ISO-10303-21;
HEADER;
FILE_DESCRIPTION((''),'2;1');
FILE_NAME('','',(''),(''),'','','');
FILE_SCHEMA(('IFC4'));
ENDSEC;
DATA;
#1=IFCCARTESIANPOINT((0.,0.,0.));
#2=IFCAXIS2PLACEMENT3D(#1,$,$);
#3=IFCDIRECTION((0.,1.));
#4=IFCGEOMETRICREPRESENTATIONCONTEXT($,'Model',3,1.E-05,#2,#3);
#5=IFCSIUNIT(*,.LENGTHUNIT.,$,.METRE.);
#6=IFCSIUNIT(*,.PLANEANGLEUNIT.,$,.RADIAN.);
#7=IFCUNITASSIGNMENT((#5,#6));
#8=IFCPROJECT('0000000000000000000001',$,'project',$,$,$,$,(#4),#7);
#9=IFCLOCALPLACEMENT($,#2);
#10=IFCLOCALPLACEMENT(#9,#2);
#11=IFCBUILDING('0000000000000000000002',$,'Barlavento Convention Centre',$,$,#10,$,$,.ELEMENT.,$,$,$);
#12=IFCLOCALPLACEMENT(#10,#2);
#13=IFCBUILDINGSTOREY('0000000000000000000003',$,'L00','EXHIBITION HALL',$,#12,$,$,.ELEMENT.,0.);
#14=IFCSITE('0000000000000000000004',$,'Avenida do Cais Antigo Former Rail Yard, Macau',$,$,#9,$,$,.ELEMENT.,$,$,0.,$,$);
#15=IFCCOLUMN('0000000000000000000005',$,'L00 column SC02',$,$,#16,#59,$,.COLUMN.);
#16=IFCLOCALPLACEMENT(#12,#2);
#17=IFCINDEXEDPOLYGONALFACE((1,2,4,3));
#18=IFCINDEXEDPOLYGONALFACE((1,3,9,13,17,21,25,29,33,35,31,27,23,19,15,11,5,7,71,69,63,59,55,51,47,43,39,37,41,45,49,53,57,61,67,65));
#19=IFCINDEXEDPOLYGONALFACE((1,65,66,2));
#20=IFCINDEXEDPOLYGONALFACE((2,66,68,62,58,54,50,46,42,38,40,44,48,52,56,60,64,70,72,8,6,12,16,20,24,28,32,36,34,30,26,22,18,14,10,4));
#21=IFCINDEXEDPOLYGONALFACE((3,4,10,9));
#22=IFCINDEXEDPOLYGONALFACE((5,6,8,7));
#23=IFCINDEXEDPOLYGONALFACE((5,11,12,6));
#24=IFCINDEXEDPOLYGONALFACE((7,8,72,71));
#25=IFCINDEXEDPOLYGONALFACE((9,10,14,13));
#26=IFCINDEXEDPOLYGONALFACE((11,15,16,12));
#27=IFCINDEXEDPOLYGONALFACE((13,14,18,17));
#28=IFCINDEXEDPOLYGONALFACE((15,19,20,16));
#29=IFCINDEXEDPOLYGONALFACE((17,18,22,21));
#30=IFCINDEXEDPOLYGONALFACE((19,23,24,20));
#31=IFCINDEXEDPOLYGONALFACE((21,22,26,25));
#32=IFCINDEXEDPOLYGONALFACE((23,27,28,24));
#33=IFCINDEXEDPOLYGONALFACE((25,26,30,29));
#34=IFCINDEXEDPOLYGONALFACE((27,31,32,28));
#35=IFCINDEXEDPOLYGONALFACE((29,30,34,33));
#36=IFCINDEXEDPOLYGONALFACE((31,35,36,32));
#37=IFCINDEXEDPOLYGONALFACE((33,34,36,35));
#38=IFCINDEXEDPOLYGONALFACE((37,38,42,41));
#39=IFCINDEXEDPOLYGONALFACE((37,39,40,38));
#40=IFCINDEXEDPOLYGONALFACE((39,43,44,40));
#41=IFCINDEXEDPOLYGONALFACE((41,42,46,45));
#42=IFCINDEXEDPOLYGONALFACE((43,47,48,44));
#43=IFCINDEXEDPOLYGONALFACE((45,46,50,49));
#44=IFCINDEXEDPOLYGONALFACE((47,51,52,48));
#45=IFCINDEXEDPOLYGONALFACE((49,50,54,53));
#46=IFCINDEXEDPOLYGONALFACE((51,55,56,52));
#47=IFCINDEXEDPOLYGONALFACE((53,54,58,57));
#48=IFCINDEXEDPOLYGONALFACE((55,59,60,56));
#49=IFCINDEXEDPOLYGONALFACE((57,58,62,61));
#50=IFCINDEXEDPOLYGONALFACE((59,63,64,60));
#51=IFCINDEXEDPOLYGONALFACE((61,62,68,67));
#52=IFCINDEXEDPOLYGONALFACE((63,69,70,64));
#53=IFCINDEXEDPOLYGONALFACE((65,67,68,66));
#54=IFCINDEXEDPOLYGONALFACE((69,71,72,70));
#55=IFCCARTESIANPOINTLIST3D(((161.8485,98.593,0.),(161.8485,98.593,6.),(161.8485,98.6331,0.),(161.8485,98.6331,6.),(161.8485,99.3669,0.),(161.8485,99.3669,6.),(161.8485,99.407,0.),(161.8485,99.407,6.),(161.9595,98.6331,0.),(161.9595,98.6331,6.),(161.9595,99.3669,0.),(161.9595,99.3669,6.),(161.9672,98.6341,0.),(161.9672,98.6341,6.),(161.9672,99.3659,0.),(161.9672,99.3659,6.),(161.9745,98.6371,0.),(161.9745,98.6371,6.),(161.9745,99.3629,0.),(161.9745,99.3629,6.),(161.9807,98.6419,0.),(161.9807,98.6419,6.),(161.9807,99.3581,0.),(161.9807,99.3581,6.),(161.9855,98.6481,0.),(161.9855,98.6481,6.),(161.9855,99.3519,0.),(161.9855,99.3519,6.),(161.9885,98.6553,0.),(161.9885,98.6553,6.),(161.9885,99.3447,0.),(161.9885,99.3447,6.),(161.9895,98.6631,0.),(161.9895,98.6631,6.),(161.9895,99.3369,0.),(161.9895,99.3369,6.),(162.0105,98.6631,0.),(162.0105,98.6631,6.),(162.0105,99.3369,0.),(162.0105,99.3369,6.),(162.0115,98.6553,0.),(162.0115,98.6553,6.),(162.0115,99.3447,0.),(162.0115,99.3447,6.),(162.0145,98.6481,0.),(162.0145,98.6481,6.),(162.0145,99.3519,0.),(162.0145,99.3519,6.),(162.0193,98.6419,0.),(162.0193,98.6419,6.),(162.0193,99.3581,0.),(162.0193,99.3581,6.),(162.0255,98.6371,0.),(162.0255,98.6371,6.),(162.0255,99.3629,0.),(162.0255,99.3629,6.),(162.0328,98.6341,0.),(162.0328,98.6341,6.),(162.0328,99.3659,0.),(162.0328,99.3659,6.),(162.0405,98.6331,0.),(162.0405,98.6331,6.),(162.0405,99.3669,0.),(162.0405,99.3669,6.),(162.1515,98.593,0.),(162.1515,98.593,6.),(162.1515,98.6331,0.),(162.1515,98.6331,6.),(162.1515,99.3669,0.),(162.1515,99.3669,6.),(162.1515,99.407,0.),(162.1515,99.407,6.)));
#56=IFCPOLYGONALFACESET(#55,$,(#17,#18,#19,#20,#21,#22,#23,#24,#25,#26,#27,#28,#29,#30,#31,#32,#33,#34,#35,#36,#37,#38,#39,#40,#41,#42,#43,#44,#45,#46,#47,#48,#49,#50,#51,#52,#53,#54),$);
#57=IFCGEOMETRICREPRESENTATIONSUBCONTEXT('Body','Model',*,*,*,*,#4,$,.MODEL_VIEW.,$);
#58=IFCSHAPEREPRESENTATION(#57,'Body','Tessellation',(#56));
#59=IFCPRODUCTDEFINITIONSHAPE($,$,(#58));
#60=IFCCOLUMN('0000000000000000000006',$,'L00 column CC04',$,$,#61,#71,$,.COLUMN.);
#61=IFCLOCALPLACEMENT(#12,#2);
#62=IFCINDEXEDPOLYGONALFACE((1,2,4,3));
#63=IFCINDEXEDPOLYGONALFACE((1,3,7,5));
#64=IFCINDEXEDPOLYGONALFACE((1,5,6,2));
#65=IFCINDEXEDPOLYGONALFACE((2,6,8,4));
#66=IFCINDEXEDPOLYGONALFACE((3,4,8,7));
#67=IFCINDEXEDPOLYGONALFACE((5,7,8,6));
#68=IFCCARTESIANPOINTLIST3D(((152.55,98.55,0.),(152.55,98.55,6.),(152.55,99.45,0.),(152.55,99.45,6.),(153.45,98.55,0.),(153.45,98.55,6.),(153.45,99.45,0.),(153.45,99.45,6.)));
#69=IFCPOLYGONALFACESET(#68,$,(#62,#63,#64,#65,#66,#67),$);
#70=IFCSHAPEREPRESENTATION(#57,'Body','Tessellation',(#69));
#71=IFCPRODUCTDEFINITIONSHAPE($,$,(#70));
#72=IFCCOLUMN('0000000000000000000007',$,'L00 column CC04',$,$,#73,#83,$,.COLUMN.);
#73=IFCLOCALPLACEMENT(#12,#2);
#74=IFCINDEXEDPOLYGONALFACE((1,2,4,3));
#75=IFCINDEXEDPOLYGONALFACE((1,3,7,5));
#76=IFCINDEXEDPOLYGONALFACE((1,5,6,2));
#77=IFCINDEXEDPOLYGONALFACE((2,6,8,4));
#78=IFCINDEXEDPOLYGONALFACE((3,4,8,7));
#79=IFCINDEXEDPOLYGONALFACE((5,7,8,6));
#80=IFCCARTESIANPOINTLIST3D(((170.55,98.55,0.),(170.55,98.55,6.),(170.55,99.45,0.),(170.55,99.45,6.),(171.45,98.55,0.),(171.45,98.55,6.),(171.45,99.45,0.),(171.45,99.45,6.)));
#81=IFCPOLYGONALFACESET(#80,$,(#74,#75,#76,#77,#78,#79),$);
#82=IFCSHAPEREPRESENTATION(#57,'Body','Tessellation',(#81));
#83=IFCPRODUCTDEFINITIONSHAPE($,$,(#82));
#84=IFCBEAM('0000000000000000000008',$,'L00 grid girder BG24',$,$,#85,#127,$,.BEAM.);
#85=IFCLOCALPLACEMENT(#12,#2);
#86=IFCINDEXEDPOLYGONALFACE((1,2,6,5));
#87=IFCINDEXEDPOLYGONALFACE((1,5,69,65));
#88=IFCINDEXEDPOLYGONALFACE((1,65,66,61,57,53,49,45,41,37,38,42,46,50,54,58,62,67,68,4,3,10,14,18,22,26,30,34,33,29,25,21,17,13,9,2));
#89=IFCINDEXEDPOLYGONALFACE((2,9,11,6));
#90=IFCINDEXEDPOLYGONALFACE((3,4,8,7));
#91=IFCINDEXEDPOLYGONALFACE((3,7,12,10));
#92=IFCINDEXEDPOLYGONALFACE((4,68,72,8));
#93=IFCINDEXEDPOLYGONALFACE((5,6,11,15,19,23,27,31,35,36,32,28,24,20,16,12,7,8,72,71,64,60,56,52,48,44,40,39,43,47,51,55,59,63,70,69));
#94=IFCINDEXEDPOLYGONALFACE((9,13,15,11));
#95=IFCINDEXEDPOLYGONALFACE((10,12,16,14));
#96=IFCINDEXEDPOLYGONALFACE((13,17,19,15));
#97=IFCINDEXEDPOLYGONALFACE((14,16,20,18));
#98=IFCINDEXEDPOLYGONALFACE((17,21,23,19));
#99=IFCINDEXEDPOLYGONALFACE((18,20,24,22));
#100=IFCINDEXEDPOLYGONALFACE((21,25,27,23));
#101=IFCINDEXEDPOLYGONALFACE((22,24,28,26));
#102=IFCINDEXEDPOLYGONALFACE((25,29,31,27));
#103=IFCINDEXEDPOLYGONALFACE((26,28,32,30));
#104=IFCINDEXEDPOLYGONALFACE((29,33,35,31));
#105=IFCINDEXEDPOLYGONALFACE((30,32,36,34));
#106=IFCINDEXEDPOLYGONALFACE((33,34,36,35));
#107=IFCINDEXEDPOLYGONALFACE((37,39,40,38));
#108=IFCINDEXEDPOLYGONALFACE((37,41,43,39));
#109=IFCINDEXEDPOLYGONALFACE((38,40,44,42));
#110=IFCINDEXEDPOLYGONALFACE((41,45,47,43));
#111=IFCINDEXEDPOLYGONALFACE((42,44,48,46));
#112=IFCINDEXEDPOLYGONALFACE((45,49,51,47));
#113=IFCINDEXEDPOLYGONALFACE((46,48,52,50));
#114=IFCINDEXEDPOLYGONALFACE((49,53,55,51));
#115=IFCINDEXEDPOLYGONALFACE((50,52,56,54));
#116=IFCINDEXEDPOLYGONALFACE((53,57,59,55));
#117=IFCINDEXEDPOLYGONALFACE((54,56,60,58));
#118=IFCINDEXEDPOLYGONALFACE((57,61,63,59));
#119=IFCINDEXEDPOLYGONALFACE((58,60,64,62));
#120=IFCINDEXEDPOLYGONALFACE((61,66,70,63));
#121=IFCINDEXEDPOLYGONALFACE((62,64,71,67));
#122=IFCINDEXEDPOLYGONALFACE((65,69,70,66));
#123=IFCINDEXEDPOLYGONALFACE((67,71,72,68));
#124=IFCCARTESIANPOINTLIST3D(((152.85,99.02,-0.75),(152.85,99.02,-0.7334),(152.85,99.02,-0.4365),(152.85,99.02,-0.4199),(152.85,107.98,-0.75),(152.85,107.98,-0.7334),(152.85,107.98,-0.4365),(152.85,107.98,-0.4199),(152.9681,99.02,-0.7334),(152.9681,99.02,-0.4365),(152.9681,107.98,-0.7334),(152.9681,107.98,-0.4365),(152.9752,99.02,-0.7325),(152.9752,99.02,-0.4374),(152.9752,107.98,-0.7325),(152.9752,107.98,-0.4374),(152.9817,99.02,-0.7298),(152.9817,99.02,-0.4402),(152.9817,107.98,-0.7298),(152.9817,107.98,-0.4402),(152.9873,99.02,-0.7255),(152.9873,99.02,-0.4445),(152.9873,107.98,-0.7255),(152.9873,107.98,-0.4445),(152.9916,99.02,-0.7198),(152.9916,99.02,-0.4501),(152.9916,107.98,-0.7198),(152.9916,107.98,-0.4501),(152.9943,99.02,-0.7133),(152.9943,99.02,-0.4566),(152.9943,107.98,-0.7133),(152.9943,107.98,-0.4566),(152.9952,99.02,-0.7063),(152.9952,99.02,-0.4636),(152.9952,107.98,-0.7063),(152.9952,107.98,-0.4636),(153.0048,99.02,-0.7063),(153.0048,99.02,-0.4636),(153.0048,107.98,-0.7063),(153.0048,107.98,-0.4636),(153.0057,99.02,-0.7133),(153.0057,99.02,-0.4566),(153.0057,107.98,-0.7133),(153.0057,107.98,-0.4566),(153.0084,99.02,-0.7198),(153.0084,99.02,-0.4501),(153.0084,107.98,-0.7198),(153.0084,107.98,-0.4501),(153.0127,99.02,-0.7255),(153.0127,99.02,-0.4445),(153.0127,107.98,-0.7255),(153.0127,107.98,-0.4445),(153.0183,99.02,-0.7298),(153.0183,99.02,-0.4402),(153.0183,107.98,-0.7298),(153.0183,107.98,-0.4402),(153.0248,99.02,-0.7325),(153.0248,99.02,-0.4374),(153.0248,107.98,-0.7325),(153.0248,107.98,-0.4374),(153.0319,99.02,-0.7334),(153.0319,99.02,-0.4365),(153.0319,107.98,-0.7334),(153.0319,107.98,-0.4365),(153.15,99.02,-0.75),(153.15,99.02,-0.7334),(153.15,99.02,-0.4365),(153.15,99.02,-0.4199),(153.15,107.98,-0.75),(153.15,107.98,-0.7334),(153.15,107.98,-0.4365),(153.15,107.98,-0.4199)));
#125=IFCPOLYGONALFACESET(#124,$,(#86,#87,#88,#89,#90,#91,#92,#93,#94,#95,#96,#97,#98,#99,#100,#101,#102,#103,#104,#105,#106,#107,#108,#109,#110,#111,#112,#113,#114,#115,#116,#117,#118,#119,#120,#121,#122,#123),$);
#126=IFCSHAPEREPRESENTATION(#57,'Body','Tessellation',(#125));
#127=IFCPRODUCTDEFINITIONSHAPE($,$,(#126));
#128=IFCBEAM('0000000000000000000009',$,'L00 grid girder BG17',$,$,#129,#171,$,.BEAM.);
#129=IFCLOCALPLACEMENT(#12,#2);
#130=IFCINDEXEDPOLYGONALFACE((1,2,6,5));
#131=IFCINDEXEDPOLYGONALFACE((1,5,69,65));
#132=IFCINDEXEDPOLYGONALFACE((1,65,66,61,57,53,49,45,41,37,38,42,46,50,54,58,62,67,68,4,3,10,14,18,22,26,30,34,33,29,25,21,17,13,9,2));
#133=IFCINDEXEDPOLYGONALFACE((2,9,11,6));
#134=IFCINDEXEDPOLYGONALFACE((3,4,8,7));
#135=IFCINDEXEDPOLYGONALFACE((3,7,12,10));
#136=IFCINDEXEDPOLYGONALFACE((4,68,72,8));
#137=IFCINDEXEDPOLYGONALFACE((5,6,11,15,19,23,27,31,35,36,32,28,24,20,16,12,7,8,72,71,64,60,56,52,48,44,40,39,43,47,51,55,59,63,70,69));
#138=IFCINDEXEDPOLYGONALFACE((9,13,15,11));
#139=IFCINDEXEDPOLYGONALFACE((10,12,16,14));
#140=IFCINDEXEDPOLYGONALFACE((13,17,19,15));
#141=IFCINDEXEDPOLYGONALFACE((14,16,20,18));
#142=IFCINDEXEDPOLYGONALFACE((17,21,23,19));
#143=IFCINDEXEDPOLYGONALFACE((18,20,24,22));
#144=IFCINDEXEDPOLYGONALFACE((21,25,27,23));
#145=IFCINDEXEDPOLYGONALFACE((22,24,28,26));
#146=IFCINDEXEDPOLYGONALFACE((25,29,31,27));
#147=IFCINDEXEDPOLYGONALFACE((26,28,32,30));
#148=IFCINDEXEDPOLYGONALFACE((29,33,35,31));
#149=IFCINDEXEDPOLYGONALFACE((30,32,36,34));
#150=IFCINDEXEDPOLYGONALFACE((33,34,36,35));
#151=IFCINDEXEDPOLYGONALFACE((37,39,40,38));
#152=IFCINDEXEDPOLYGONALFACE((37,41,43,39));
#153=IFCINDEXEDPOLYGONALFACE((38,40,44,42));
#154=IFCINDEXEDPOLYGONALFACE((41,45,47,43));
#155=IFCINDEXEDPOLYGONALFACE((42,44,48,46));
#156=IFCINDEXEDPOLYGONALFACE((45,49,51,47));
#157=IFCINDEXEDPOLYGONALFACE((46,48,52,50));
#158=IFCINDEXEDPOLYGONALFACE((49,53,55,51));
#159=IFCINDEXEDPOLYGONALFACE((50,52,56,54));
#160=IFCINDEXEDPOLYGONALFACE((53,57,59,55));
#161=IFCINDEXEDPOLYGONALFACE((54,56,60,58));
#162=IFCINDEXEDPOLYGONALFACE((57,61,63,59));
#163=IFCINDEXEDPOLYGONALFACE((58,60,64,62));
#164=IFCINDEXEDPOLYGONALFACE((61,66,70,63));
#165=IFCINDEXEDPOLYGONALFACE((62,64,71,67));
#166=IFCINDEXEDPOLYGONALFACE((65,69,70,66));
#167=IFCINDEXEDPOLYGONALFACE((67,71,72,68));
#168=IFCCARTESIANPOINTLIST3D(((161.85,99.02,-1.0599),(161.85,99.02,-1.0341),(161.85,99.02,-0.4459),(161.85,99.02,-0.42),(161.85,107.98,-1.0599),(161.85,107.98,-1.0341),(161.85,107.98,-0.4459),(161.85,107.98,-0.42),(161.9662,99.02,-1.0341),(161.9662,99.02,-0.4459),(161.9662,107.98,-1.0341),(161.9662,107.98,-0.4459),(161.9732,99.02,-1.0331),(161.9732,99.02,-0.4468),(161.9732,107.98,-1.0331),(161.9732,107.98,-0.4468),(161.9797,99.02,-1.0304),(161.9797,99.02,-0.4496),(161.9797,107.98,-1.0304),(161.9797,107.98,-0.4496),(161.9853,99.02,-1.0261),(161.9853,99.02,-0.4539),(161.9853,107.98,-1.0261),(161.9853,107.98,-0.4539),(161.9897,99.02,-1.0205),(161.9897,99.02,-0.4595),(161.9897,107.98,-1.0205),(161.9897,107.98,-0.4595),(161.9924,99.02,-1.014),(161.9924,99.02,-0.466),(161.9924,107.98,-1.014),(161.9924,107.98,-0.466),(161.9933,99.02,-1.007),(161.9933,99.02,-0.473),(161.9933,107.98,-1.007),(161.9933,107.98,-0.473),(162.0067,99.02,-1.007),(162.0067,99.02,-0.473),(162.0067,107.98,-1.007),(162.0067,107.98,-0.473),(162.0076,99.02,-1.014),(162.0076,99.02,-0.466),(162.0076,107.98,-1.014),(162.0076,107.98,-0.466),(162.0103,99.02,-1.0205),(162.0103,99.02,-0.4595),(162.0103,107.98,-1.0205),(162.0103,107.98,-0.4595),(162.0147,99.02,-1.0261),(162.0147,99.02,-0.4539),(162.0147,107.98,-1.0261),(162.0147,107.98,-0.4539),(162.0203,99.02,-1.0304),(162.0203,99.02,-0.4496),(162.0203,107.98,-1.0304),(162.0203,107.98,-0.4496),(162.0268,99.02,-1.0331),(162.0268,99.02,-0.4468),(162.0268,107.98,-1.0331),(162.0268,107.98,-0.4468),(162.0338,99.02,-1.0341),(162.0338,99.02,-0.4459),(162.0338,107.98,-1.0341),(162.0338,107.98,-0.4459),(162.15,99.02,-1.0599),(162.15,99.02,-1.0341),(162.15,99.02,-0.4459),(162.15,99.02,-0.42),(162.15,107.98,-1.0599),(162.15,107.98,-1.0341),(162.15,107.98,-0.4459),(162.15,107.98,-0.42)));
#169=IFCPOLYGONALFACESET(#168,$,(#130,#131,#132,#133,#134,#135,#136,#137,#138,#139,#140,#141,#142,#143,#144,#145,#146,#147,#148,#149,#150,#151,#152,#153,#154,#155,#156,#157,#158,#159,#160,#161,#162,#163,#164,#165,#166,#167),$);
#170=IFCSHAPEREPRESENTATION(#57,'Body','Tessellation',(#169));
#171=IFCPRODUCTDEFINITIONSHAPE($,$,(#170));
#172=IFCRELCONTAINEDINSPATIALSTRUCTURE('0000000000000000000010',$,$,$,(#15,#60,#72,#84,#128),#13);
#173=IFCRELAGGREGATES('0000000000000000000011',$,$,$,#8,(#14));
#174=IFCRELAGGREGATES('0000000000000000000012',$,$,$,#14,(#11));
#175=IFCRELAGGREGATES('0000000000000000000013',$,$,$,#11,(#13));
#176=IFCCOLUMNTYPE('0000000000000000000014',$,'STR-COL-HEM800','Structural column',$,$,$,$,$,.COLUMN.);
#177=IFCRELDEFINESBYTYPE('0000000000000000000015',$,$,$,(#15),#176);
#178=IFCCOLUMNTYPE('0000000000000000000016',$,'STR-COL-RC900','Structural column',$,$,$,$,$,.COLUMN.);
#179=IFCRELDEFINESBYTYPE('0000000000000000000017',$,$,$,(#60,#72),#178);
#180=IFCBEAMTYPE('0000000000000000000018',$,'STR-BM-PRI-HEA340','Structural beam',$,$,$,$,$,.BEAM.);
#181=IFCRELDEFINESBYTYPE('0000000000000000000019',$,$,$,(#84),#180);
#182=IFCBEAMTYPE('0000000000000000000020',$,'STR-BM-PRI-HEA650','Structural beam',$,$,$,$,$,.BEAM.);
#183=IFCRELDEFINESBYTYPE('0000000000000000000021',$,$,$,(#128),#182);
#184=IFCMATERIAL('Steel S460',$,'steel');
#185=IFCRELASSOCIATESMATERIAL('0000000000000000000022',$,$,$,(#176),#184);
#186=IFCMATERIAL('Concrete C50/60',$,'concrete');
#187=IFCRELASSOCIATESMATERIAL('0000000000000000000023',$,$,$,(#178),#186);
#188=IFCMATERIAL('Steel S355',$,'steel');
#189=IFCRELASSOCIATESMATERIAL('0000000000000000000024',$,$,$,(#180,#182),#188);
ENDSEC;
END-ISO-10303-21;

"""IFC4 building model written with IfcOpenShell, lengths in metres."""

from ifc_helpers import new_model, si_unit, direction, frame, origin, origin_2d, place, context, subcontext, project, spatial, rectangle, i_section, extrude, material, material_profile, profile_set, type_object, element, save


model = new_model("IFC4")

# Units and contexts
model_context = context("Model", 3, precision=1e-05, world=origin(), true_north=direction((0.0, 1.0)))
body_context = subcontext(model_context, "Body", "Model", "MODEL_VIEW")
ifc_project = project(units=[si_unit("LENGTHUNIT", "METRE"), si_unit("PLANEANGLEUNIT", "RADIAN")], contexts=[model_context])

# Site, building, storey
site_placement = place(None, origin())
site = spatial("IfcSite", under=ifc_project, at=site_placement, Name="Avenida do Cais Antigo Former Rail Yard, Macau", CompositionType="ELEMENT", RefElevation=0.0)
building_placement = place(site_placement, origin())
building = spatial("IfcBuilding", under=site, at=building_placement, Name="Barlavento Convention Centre", CompositionType="ELEMENT")
storey_placement = place(building_placement, origin())
storey = spatial("IfcBuildingStorey", under=building, at=storey_placement, Name="L00", Description="EXHIBITION HALL", CompositionType="ELEMENT", Elevation=0.0)

# Columns
ifc_material_1 = material(Name="Steel S460", Category="steel")
ifc_material_profile_1 = material_profile(ifc_material_1, i_section(OverallWidth=0.303, OverallDepth=0.814, WebThickness=0.021, FlangeThickness=0.04, FilletRadius=0.03, at=origin_2d()), Name="HEM 800")
ifc_profile_set_1 = profile_set([ifc_material_profile_1], Name="Steel S460")
column_type_1 = type_object("IfcColumnType", Name="STR-COL-HEM800", Description="Structural column", PredefinedType="COLUMN", material=ifc_profile_set_1)
column_placement = place(storey_placement, frame((162.0, 99.0, 0.0), z_axis=(0.0, 0.0, 1.0), x_axis=(1.0, 0.0, 0.0)))
element("IfcColumn", 1, at=column_placement, inside=storey, type_object=column_type_1, Name="L00 column SC02", PredefinedType="COLUMN", context=body_context, shape_type="SweptSolid", body=[
    extrude(i_section(OverallWidth=0.303, OverallDepth=0.814, WebThickness=0.021, FlangeThickness=0.04, FilletRadius=0.03, at=origin_2d()), origin(), (0.0, 0.0, 1.0), 6.0),
])
ifc_material_2 = material(Name="Concrete C50/60", Category="concrete")
ifc_material_profile_2 = material_profile(ifc_material_2, rectangle(XDim=0.8999, YDim=0.8999, at=origin_2d()), Name="RC 900x900")
ifc_profile_set_2 = profile_set([ifc_material_profile_2], Name="Concrete C50/60")
column_type_2 = type_object("IfcColumnType", Name="STR-COL-RC900", Description="Structural column", PredefinedType="COLUMN", material=ifc_profile_set_2)
for number, where, z_axis, x_axis, name in (
    (2, (153.0, 99.0, 0.0), (0.0, 0.0, 1.0), (1.0, 0.0, 0.0), "L00 column CC04"),
    (3, (171.0, 99.0, 0.0), (0.0, 0.0, 1.0), (1.0, 0.0, 0.0), "L00 column CC04"),
):
    element("IfcColumn", number, at=place(storey_placement, frame(where, z_axis=z_axis, x_axis=x_axis)), inside=storey, type_object=column_type_2, Name=name, PredefinedType="COLUMN", context=body_context, shape_type="SweptSolid", body=[
        extrude(rectangle(XDim=0.8999, YDim=0.8999, at=origin_2d()), origin(), (0.0, 0.0, 1.0), 6.0),
    ])

# Beams
ifc_material_3 = material(Name="Steel S355", Category="steel")
ifc_material_profile_3 = material_profile(ifc_material_3, i_section(OverallWidth=0.3, OverallDepth=0.3301, WebThickness=0.0095, FlangeThickness=0.0166, FilletRadius=0.0271, at=origin_2d()), Name="HEA 340")
ifc_profile_set_3 = profile_set([ifc_material_profile_3], Name="Steel S355")
beam_type_1 = type_object("IfcBeamType", Name="STR-BM-PRI-HEA340", Description="Structural beam", PredefinedType="BEAM", material=ifc_profile_set_3)
beam_1_placement = place(storey_placement, frame((153.0, 99.02, -0.585), z_axis=(0.0, 1.0, 0.0), x_axis=(-1.0, 0.0, 0.0)))
element("IfcBeam", 4, at=beam_1_placement, inside=storey, type_object=beam_type_1, Name="L00 grid girder BG24", PredefinedType="BEAM", context=body_context, shape_type="SweptSolid", body=[
    extrude(i_section(OverallWidth=0.3, OverallDepth=0.3301, WebThickness=0.0095, FlangeThickness=0.0166, FilletRadius=0.0271, at=origin_2d()), origin(), (0.0, 0.0, 1.0), 8.96),
])
ifc_material_profile_4 = material_profile(ifc_material_3, i_section(OverallWidth=0.3, OverallDepth=0.6399, WebThickness=0.0134, FlangeThickness=0.0259, FilletRadius=0.0271, at=origin_2d()), Name="HEA 650")
ifc_profile_set_4 = profile_set([ifc_material_profile_4], Name="Steel S355")
beam_type_2 = type_object("IfcBeamType", Name="STR-BM-PRI-HEA650", Description="Structural beam", PredefinedType="BEAM", material=ifc_profile_set_4)
beam_2_placement = place(storey_placement, frame((162.0, 99.02, -0.74), z_axis=(0.0, 1.0, 0.0), x_axis=(-1.0, 0.0, 0.0)))
element("IfcBeam", 5, at=beam_2_placement, inside=storey, type_object=beam_type_2, Name="L00 grid girder BG17", PredefinedType="BEAM", context=body_context, shape_type="SweptSolid", body=[
    extrude(i_section(OverallWidth=0.3, OverallDepth=0.6399, WebThickness=0.0134, FlangeThickness=0.0259, FilletRadius=0.0271, at=origin_2d()), origin(), (0.0, 0.0, 1.0), 8.96),
])

save(model, "model.ifc")
